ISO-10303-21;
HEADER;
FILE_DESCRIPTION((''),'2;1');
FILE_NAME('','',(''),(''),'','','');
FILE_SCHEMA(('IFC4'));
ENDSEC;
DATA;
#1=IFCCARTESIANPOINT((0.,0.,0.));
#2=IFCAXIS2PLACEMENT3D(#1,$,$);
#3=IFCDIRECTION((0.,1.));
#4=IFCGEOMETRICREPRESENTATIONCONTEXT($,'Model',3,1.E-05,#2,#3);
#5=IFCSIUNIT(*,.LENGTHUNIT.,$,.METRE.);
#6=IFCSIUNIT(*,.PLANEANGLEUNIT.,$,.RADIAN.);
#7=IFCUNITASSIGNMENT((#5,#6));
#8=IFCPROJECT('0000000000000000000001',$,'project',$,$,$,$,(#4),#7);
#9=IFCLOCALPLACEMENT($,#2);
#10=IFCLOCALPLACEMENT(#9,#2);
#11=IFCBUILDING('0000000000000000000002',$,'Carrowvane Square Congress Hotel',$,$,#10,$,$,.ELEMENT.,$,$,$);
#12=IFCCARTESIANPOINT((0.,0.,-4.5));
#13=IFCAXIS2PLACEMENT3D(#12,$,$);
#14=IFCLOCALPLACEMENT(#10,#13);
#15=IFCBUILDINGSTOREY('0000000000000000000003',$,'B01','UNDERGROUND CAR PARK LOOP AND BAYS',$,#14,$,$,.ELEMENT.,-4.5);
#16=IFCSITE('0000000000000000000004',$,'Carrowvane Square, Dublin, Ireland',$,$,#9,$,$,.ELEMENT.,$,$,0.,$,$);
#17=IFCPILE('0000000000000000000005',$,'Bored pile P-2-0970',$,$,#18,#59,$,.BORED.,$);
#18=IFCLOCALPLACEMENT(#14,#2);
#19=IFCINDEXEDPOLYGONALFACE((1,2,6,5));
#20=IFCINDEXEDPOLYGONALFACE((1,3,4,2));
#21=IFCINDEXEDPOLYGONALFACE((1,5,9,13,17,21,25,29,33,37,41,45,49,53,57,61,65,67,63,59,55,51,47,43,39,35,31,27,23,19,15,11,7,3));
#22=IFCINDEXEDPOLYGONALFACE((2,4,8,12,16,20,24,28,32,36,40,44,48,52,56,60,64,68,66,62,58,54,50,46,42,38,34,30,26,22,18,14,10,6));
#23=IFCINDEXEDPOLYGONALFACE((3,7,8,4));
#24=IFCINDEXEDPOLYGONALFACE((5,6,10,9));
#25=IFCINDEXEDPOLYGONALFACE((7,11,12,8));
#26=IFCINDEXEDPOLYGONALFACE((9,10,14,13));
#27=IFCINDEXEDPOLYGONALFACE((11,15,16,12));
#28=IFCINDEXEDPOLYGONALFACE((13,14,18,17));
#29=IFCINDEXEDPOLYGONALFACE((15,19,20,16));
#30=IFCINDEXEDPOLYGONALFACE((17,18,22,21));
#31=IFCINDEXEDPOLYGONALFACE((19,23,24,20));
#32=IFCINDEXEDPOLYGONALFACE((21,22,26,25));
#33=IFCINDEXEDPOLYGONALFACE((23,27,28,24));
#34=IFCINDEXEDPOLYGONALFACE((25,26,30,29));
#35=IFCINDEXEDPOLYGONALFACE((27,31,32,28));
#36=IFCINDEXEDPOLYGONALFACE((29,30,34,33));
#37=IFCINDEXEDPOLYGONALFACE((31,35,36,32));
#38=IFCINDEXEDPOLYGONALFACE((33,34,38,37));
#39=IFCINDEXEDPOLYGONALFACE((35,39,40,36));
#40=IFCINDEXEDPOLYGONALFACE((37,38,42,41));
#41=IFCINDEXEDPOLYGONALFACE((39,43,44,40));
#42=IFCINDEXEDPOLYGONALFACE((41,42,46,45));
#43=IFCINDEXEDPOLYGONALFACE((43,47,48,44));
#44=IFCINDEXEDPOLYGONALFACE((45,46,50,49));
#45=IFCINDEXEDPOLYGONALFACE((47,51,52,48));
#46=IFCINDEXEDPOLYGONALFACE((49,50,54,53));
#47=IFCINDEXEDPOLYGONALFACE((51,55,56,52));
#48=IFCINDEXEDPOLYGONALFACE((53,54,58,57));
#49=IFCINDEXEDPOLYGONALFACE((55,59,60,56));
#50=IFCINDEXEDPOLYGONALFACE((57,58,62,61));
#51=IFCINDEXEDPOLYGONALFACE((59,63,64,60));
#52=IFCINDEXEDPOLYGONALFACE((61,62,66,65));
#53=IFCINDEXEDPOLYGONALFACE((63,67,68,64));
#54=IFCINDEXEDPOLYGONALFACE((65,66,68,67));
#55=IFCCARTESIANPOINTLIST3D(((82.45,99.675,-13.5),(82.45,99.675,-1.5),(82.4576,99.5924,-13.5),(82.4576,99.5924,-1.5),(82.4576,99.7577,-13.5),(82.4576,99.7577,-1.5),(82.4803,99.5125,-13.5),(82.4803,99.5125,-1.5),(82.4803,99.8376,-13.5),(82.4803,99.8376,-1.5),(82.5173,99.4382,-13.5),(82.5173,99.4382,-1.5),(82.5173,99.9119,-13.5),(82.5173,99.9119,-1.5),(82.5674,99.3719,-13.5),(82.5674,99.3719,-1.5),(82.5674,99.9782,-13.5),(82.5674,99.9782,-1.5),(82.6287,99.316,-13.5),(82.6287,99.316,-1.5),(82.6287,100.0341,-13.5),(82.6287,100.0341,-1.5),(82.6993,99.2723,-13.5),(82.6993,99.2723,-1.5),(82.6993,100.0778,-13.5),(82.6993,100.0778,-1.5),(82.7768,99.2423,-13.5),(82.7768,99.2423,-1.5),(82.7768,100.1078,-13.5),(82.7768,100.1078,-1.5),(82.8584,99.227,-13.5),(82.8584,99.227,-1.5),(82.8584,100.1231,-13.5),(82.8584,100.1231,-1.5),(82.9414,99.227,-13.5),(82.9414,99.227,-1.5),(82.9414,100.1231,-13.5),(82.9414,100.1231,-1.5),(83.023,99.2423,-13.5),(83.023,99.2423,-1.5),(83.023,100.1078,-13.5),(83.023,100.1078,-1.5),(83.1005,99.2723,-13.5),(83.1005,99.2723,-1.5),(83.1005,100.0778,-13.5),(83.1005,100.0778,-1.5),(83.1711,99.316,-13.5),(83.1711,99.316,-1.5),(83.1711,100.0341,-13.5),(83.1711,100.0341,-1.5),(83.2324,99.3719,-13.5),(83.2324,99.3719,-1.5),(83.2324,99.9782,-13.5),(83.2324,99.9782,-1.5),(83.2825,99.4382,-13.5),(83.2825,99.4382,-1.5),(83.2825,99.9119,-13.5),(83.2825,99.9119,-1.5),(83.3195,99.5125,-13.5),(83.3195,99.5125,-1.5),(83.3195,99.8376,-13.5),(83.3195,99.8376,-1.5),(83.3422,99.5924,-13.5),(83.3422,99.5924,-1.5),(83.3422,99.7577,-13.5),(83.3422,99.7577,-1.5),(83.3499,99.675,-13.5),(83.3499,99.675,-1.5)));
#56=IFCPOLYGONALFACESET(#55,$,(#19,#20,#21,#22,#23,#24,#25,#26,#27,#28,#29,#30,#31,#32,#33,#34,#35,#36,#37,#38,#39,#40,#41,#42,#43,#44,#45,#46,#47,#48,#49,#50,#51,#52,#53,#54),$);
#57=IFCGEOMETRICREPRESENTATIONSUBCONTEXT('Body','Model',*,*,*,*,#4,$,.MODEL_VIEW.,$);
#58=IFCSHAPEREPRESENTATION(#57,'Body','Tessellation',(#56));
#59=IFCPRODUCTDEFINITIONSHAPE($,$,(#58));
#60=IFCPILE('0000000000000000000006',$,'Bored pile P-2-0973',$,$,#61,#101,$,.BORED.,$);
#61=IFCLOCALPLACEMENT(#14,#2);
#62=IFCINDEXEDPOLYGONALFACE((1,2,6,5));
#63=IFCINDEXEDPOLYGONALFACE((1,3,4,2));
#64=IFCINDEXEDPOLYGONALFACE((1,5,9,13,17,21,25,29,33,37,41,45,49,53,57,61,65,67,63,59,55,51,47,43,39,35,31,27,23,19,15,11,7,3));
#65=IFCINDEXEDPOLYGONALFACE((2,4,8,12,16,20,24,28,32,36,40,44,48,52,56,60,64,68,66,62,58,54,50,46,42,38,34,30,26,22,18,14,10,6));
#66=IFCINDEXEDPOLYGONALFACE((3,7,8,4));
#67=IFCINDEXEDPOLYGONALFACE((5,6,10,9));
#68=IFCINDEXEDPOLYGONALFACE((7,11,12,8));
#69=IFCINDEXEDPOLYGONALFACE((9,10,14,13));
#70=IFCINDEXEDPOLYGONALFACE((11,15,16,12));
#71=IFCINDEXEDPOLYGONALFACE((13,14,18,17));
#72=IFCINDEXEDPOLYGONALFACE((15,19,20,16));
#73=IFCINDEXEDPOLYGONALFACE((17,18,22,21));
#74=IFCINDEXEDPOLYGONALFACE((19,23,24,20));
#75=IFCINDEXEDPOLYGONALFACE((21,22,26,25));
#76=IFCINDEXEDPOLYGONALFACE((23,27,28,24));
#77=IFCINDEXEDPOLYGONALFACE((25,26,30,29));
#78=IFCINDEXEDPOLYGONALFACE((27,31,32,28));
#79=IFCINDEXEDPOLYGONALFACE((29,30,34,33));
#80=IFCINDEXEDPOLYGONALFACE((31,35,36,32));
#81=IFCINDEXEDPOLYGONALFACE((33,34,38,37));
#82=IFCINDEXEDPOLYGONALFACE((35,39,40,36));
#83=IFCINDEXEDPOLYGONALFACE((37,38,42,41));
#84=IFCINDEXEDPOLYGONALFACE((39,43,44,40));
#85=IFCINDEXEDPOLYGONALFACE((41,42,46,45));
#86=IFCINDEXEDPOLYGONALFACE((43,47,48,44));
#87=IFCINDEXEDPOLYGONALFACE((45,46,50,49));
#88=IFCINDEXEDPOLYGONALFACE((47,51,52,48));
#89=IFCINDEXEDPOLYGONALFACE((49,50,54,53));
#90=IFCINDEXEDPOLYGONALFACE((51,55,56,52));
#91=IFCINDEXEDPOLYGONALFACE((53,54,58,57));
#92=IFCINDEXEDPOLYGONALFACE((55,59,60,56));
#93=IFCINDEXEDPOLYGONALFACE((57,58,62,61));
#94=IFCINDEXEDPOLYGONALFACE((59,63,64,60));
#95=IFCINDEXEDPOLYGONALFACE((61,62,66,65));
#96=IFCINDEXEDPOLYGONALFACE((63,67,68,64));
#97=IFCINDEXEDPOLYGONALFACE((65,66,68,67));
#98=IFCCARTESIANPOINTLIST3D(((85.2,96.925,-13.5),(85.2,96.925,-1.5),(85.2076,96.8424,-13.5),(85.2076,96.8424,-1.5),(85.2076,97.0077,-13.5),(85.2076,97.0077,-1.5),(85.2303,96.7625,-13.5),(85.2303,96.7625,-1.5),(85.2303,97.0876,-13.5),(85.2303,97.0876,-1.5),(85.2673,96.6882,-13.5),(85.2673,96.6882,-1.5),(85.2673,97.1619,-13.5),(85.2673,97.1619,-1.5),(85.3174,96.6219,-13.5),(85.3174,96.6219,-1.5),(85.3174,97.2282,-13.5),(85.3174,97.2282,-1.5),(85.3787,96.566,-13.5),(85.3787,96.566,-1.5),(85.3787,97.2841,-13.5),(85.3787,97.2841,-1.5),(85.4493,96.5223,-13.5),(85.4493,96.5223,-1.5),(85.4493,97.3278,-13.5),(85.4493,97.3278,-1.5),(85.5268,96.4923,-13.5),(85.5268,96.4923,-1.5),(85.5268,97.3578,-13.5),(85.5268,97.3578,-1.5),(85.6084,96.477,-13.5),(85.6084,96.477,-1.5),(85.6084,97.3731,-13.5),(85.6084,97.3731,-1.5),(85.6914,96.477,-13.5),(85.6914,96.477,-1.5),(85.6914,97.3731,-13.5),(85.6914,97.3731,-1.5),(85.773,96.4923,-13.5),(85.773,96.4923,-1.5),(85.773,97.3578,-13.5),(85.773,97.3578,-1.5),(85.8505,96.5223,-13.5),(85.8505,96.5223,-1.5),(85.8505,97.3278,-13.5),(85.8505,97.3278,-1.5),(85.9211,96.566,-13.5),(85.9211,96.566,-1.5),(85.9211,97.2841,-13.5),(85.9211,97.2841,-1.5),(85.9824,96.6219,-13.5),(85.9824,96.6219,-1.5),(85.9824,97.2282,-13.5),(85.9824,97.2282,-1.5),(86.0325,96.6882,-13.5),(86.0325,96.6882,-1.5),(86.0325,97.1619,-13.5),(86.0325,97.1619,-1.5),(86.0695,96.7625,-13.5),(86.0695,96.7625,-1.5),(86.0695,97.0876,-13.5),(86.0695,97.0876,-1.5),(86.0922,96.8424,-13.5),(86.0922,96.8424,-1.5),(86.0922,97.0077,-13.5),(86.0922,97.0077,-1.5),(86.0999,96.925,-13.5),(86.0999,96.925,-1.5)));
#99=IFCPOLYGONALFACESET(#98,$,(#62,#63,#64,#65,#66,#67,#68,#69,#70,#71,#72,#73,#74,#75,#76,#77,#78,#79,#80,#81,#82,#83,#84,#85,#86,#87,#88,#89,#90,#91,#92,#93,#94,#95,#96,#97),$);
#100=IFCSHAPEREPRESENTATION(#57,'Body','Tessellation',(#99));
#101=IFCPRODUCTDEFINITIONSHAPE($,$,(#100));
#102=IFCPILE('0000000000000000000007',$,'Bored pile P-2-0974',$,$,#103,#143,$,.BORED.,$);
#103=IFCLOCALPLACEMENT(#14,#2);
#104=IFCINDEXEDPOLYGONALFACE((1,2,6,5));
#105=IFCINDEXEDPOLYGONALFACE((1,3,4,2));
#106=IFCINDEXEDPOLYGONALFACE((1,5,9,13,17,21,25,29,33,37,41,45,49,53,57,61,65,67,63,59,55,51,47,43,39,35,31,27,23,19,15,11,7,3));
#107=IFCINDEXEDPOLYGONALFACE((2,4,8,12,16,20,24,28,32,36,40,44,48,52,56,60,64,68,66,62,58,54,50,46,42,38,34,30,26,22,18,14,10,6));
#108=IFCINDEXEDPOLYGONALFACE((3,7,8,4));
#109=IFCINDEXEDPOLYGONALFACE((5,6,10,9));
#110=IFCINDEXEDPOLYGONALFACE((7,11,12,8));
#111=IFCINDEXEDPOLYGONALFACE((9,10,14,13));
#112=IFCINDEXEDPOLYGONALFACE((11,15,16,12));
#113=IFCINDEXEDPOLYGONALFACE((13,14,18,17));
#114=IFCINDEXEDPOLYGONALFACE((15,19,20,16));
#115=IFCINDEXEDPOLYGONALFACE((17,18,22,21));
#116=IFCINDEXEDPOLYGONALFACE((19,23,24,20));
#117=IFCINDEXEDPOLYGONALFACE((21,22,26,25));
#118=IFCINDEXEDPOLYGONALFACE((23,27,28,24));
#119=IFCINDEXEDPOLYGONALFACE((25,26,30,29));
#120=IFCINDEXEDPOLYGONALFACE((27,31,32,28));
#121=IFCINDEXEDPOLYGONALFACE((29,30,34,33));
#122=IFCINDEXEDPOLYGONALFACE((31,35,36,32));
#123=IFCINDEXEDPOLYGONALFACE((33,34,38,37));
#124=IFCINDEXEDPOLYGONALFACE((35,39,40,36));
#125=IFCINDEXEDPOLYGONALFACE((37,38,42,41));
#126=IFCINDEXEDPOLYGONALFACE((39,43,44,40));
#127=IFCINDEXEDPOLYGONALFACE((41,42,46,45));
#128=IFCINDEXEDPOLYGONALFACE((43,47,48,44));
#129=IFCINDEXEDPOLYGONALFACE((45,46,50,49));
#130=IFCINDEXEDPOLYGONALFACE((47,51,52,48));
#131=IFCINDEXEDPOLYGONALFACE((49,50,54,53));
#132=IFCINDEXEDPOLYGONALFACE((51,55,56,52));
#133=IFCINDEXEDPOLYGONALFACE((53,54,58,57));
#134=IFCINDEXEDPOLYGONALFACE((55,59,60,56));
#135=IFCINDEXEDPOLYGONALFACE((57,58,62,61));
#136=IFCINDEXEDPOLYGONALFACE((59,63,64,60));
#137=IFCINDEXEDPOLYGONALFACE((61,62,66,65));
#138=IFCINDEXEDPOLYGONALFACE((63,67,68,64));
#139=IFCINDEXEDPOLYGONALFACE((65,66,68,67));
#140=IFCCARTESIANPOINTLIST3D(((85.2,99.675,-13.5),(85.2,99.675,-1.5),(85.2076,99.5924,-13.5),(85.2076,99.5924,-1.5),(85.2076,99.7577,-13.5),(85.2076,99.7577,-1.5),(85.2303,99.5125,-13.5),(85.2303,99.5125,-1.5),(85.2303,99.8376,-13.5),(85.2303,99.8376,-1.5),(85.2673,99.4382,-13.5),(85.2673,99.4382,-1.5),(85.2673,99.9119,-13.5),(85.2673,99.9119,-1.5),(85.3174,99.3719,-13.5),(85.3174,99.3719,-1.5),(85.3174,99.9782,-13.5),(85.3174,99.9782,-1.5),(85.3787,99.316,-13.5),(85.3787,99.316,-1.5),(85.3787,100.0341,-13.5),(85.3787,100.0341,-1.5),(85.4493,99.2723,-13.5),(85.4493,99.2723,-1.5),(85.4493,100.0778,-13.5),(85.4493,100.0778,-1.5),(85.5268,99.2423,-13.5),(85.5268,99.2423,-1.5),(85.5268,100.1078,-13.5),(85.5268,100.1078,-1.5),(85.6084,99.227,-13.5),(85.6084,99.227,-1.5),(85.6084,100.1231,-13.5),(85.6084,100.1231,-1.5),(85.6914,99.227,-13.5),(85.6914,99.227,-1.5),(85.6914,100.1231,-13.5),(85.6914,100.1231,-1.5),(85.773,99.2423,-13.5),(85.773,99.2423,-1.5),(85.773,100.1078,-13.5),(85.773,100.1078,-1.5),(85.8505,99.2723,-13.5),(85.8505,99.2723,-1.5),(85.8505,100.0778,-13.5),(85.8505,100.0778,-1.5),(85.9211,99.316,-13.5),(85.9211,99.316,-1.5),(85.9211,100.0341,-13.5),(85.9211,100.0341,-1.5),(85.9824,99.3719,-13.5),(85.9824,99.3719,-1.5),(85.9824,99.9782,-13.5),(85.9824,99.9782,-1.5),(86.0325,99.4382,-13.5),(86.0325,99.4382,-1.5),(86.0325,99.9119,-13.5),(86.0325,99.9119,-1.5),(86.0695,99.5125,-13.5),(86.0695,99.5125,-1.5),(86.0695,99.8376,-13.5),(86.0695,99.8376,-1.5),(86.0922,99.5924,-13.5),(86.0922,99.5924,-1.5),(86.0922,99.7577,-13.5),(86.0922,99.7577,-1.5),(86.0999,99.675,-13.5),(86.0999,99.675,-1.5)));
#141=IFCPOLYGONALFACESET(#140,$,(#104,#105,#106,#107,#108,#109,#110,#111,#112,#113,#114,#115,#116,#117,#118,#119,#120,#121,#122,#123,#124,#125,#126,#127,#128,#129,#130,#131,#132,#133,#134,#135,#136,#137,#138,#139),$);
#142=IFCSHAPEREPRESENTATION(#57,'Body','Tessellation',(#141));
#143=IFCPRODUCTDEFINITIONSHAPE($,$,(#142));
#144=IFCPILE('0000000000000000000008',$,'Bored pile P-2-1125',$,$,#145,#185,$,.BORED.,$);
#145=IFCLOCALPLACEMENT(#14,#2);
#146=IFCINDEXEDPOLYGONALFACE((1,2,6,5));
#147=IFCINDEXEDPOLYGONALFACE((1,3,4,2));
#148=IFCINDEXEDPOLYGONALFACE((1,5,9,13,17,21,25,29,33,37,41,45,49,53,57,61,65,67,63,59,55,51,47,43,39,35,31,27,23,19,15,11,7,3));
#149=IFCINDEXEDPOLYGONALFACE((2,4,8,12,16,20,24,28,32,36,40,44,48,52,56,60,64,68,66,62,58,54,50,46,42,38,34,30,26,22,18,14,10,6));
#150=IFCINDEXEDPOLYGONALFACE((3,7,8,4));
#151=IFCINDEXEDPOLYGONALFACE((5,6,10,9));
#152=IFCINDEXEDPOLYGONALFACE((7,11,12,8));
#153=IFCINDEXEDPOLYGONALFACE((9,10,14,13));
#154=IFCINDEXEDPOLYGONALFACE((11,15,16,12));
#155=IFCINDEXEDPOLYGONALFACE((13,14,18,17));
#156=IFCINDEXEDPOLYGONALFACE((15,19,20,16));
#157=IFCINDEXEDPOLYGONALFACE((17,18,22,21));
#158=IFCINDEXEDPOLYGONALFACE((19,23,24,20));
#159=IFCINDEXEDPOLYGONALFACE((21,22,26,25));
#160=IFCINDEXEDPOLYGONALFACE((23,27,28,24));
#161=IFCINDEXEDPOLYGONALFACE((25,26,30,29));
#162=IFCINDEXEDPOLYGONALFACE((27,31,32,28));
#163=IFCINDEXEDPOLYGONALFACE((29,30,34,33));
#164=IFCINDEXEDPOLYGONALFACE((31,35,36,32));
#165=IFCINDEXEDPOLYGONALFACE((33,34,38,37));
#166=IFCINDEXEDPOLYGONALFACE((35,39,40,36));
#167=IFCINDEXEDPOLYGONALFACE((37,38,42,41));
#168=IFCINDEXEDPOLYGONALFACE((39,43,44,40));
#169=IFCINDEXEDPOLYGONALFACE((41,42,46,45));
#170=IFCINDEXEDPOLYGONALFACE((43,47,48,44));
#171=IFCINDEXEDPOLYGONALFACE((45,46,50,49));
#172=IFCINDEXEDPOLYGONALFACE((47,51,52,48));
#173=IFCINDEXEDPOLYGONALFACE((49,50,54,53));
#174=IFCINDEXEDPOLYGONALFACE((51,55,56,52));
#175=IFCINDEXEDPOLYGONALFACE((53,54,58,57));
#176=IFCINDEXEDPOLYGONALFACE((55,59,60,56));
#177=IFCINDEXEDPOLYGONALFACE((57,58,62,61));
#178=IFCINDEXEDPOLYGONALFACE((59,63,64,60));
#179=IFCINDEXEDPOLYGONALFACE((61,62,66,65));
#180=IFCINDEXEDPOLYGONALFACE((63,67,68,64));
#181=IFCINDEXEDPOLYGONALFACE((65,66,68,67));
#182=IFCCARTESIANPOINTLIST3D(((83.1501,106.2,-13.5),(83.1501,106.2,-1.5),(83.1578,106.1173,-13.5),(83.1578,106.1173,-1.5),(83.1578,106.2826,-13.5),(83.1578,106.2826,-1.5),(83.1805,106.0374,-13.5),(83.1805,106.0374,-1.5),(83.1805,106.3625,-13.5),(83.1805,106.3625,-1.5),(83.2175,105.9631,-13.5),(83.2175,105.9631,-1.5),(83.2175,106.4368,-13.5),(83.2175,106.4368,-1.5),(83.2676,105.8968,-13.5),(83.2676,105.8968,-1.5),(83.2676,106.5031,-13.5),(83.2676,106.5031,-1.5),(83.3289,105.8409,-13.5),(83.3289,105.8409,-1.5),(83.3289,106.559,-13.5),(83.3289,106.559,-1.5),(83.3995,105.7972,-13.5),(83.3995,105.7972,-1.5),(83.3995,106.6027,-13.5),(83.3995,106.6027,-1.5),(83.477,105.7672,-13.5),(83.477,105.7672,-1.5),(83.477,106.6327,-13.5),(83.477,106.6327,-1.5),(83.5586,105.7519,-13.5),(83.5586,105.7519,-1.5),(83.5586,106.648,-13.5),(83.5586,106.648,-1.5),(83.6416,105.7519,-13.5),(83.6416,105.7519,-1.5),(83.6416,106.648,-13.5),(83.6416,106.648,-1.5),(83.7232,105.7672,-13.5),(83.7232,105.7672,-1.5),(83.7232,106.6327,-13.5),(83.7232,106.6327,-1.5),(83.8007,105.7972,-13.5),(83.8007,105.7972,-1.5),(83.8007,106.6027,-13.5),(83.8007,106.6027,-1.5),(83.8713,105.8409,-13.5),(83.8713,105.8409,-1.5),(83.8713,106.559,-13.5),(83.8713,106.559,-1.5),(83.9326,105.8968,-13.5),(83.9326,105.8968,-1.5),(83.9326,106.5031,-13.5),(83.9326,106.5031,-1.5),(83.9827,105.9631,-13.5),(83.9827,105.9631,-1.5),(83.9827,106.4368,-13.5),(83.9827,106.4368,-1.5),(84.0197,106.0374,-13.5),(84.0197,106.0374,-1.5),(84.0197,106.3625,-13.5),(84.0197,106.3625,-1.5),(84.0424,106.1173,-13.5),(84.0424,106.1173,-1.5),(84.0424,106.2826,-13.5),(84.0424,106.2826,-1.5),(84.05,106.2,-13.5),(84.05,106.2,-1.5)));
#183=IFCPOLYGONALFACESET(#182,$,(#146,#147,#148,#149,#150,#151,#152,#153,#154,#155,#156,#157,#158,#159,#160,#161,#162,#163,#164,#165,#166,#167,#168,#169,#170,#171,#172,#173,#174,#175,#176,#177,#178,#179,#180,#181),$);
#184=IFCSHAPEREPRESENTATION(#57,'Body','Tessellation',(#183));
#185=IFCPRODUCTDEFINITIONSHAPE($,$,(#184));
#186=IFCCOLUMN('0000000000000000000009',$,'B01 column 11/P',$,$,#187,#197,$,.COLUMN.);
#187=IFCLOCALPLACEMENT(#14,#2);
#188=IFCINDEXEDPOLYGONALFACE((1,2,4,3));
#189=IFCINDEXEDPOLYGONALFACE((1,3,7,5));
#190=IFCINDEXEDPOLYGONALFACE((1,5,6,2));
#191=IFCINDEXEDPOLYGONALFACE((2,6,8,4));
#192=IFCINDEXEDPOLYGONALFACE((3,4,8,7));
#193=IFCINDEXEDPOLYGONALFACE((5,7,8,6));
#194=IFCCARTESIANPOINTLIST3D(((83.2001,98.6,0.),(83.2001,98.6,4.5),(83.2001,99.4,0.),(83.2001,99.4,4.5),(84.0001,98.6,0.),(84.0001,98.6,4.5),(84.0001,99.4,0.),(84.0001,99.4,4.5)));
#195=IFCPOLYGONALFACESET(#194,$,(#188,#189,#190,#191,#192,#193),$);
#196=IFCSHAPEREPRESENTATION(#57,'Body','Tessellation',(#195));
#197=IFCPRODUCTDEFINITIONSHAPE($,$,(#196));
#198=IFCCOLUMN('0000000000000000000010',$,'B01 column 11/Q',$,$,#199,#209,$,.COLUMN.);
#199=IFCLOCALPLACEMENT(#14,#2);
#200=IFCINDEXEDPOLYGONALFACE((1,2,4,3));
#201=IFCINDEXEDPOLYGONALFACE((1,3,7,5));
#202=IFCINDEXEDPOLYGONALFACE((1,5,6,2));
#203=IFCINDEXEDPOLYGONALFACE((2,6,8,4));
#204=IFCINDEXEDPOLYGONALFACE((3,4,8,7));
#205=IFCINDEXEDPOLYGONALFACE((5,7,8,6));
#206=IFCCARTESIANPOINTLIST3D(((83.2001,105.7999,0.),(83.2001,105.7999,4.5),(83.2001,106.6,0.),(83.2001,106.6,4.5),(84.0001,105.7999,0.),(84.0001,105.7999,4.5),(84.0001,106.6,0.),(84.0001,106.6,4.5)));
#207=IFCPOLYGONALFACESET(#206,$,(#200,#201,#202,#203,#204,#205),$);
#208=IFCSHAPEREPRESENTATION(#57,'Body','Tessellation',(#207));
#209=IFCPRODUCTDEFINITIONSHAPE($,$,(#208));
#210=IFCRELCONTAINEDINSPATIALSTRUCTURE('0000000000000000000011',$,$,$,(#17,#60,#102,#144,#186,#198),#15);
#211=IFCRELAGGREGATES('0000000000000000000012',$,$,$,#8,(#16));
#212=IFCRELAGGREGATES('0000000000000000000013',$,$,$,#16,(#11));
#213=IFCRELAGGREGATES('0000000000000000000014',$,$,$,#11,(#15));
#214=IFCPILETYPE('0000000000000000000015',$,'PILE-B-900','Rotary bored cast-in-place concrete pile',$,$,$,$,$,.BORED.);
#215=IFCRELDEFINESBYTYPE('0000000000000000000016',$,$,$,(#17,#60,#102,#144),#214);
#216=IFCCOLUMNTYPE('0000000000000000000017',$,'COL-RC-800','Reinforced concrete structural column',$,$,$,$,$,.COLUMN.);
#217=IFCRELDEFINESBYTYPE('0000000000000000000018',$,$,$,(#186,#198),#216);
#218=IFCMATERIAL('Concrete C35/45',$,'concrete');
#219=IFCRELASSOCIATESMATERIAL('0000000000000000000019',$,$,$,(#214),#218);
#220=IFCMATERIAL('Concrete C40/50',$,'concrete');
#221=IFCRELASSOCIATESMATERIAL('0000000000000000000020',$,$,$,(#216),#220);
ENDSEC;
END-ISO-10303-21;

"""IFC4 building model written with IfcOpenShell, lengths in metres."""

from ifc_helpers import new_model, si_unit, direction, frame, origin, origin_2d, place, context, subcontext, project, spatial, rectangle, circle, extrude, material, material_profile, profile_set, type_object, element, save


model = new_model("IFC4")

# Units and contexts
model_context = context("Model", 3, precision=1e-05, world=origin(), true_north=direction((0.0, 1.0)))
body_context = subcontext(model_context, "Body", "Model", "MODEL_VIEW")
ifc_project = project(units=[si_unit("LENGTHUNIT", "METRE"), si_unit("PLANEANGLEUNIT", "RADIAN")], contexts=[model_context])

# Site, building, storey
site_placement = place(None, origin())
site = spatial("IfcSite", under=ifc_project, at=site_placement, Name="Carrowvane Square, Dublin, Ireland", CompositionType="ELEMENT", RefElevation=0.0)
building_placement = place(site_placement, origin())
building = spatial("IfcBuilding", under=site, at=building_placement, Name="Carrowvane Square Congress Hotel", CompositionType="ELEMENT")
storey_placement = place(building_placement, frame((0.0, 0.0, -4.5)))
storey = spatial("IfcBuildingStorey", under=building, at=storey_placement, Name="B01", Description="UNDERGROUND CAR PARK LOOP AND BAYS", CompositionType="ELEMENT", Elevation=-4.5)

# Piles
ifc_material_1 = material(Name="Concrete C35/45", Category="concrete")
ifc_material_profile_1 = material_profile(ifc_material_1, circle(Radius=0.45, at=origin_2d()), Name="PILE D900")
ifc_profile_set_1 = profile_set([ifc_material_profile_1], Name="Concrete C35/45")
pile_type = type_object("IfcPileType", Name="PILE-B-900", Description="Rotary bored cast-in-place concrete pile", PredefinedType="BORED", material=ifc_profile_set_1)
for number, where, z_axis, x_axis, name in (
    (1, (82.8999, 99.675, -1.5), (0.0, 0.0, -1.0), (1.0, 0.0, 0.0), "Bored pile P-2-0970"),
    (2, (85.6499, 96.925, -1.5), (0.0, 0.0, -1.0), (1.0, 0.0, 0.0), "Bored pile P-2-0973"),
    (3, (85.6499, 99.675, -1.5), (0.0, 0.0, -1.0), (1.0, 0.0, 0.0), "Bored pile P-2-0974"),
    (4, (83.6001, 106.2, -1.5), (0.0, 0.0, -1.0), (1.0, 0.0, 0.0), "Bored pile P-2-1125"),
):
    element("IfcPile", number, at=place(storey_placement, frame(where, z_axis=z_axis, x_axis=x_axis)), inside=storey, type_object=pile_type, Name=name, PredefinedType="BORED", context=body_context, shape_type="SweptSolid", body=[
        extrude(circle(Radius=0.45, at=origin_2d()), origin(), (0.0, 0.0, 1.0), 12.0),
    ])

# Columns
ifc_material_2 = material(Name="Concrete C40/50", Category="concrete")
ifc_material_profile_2 = material_profile(ifc_material_2, rectangle(XDim=0.8, YDim=0.8, at=origin_2d()), Name="RC 800x800")
ifc_profile_set_2 = profile_set([ifc_material_profile_2], Name="Concrete C40/50")
column_type = type_object("IfcColumnType", Name="COL-RC-800", Description="Reinforced concrete structural column", PredefinedType="COLUMN", material=ifc_profile_set_2)
for number, where, z_axis, x_axis, name in (
    (5, (83.6001, 99.0, 0.0), (0.0, 0.0, 1.0), (1.0, 0.0, 0.0), "B01 column 11/P"),
    (6, (83.6001, 106.2, 0.0), (0.0, 0.0, 1.0), (1.0, 0.0, 0.0), "B01 column 11/Q"),
):
    element("IfcColumn", number, at=place(storey_placement, frame(where, z_axis=z_axis, x_axis=x_axis)), inside=storey, type_object=column_type, Name=name, PredefinedType="COLUMN", context=body_context, shape_type="SweptSolid", body=[
        extrude(rectangle(XDim=0.8, YDim=0.8, at=origin_2d()), origin(), (0.0, 0.0, 1.0), 4.5),
    ])

save(model, "model.ifc")
